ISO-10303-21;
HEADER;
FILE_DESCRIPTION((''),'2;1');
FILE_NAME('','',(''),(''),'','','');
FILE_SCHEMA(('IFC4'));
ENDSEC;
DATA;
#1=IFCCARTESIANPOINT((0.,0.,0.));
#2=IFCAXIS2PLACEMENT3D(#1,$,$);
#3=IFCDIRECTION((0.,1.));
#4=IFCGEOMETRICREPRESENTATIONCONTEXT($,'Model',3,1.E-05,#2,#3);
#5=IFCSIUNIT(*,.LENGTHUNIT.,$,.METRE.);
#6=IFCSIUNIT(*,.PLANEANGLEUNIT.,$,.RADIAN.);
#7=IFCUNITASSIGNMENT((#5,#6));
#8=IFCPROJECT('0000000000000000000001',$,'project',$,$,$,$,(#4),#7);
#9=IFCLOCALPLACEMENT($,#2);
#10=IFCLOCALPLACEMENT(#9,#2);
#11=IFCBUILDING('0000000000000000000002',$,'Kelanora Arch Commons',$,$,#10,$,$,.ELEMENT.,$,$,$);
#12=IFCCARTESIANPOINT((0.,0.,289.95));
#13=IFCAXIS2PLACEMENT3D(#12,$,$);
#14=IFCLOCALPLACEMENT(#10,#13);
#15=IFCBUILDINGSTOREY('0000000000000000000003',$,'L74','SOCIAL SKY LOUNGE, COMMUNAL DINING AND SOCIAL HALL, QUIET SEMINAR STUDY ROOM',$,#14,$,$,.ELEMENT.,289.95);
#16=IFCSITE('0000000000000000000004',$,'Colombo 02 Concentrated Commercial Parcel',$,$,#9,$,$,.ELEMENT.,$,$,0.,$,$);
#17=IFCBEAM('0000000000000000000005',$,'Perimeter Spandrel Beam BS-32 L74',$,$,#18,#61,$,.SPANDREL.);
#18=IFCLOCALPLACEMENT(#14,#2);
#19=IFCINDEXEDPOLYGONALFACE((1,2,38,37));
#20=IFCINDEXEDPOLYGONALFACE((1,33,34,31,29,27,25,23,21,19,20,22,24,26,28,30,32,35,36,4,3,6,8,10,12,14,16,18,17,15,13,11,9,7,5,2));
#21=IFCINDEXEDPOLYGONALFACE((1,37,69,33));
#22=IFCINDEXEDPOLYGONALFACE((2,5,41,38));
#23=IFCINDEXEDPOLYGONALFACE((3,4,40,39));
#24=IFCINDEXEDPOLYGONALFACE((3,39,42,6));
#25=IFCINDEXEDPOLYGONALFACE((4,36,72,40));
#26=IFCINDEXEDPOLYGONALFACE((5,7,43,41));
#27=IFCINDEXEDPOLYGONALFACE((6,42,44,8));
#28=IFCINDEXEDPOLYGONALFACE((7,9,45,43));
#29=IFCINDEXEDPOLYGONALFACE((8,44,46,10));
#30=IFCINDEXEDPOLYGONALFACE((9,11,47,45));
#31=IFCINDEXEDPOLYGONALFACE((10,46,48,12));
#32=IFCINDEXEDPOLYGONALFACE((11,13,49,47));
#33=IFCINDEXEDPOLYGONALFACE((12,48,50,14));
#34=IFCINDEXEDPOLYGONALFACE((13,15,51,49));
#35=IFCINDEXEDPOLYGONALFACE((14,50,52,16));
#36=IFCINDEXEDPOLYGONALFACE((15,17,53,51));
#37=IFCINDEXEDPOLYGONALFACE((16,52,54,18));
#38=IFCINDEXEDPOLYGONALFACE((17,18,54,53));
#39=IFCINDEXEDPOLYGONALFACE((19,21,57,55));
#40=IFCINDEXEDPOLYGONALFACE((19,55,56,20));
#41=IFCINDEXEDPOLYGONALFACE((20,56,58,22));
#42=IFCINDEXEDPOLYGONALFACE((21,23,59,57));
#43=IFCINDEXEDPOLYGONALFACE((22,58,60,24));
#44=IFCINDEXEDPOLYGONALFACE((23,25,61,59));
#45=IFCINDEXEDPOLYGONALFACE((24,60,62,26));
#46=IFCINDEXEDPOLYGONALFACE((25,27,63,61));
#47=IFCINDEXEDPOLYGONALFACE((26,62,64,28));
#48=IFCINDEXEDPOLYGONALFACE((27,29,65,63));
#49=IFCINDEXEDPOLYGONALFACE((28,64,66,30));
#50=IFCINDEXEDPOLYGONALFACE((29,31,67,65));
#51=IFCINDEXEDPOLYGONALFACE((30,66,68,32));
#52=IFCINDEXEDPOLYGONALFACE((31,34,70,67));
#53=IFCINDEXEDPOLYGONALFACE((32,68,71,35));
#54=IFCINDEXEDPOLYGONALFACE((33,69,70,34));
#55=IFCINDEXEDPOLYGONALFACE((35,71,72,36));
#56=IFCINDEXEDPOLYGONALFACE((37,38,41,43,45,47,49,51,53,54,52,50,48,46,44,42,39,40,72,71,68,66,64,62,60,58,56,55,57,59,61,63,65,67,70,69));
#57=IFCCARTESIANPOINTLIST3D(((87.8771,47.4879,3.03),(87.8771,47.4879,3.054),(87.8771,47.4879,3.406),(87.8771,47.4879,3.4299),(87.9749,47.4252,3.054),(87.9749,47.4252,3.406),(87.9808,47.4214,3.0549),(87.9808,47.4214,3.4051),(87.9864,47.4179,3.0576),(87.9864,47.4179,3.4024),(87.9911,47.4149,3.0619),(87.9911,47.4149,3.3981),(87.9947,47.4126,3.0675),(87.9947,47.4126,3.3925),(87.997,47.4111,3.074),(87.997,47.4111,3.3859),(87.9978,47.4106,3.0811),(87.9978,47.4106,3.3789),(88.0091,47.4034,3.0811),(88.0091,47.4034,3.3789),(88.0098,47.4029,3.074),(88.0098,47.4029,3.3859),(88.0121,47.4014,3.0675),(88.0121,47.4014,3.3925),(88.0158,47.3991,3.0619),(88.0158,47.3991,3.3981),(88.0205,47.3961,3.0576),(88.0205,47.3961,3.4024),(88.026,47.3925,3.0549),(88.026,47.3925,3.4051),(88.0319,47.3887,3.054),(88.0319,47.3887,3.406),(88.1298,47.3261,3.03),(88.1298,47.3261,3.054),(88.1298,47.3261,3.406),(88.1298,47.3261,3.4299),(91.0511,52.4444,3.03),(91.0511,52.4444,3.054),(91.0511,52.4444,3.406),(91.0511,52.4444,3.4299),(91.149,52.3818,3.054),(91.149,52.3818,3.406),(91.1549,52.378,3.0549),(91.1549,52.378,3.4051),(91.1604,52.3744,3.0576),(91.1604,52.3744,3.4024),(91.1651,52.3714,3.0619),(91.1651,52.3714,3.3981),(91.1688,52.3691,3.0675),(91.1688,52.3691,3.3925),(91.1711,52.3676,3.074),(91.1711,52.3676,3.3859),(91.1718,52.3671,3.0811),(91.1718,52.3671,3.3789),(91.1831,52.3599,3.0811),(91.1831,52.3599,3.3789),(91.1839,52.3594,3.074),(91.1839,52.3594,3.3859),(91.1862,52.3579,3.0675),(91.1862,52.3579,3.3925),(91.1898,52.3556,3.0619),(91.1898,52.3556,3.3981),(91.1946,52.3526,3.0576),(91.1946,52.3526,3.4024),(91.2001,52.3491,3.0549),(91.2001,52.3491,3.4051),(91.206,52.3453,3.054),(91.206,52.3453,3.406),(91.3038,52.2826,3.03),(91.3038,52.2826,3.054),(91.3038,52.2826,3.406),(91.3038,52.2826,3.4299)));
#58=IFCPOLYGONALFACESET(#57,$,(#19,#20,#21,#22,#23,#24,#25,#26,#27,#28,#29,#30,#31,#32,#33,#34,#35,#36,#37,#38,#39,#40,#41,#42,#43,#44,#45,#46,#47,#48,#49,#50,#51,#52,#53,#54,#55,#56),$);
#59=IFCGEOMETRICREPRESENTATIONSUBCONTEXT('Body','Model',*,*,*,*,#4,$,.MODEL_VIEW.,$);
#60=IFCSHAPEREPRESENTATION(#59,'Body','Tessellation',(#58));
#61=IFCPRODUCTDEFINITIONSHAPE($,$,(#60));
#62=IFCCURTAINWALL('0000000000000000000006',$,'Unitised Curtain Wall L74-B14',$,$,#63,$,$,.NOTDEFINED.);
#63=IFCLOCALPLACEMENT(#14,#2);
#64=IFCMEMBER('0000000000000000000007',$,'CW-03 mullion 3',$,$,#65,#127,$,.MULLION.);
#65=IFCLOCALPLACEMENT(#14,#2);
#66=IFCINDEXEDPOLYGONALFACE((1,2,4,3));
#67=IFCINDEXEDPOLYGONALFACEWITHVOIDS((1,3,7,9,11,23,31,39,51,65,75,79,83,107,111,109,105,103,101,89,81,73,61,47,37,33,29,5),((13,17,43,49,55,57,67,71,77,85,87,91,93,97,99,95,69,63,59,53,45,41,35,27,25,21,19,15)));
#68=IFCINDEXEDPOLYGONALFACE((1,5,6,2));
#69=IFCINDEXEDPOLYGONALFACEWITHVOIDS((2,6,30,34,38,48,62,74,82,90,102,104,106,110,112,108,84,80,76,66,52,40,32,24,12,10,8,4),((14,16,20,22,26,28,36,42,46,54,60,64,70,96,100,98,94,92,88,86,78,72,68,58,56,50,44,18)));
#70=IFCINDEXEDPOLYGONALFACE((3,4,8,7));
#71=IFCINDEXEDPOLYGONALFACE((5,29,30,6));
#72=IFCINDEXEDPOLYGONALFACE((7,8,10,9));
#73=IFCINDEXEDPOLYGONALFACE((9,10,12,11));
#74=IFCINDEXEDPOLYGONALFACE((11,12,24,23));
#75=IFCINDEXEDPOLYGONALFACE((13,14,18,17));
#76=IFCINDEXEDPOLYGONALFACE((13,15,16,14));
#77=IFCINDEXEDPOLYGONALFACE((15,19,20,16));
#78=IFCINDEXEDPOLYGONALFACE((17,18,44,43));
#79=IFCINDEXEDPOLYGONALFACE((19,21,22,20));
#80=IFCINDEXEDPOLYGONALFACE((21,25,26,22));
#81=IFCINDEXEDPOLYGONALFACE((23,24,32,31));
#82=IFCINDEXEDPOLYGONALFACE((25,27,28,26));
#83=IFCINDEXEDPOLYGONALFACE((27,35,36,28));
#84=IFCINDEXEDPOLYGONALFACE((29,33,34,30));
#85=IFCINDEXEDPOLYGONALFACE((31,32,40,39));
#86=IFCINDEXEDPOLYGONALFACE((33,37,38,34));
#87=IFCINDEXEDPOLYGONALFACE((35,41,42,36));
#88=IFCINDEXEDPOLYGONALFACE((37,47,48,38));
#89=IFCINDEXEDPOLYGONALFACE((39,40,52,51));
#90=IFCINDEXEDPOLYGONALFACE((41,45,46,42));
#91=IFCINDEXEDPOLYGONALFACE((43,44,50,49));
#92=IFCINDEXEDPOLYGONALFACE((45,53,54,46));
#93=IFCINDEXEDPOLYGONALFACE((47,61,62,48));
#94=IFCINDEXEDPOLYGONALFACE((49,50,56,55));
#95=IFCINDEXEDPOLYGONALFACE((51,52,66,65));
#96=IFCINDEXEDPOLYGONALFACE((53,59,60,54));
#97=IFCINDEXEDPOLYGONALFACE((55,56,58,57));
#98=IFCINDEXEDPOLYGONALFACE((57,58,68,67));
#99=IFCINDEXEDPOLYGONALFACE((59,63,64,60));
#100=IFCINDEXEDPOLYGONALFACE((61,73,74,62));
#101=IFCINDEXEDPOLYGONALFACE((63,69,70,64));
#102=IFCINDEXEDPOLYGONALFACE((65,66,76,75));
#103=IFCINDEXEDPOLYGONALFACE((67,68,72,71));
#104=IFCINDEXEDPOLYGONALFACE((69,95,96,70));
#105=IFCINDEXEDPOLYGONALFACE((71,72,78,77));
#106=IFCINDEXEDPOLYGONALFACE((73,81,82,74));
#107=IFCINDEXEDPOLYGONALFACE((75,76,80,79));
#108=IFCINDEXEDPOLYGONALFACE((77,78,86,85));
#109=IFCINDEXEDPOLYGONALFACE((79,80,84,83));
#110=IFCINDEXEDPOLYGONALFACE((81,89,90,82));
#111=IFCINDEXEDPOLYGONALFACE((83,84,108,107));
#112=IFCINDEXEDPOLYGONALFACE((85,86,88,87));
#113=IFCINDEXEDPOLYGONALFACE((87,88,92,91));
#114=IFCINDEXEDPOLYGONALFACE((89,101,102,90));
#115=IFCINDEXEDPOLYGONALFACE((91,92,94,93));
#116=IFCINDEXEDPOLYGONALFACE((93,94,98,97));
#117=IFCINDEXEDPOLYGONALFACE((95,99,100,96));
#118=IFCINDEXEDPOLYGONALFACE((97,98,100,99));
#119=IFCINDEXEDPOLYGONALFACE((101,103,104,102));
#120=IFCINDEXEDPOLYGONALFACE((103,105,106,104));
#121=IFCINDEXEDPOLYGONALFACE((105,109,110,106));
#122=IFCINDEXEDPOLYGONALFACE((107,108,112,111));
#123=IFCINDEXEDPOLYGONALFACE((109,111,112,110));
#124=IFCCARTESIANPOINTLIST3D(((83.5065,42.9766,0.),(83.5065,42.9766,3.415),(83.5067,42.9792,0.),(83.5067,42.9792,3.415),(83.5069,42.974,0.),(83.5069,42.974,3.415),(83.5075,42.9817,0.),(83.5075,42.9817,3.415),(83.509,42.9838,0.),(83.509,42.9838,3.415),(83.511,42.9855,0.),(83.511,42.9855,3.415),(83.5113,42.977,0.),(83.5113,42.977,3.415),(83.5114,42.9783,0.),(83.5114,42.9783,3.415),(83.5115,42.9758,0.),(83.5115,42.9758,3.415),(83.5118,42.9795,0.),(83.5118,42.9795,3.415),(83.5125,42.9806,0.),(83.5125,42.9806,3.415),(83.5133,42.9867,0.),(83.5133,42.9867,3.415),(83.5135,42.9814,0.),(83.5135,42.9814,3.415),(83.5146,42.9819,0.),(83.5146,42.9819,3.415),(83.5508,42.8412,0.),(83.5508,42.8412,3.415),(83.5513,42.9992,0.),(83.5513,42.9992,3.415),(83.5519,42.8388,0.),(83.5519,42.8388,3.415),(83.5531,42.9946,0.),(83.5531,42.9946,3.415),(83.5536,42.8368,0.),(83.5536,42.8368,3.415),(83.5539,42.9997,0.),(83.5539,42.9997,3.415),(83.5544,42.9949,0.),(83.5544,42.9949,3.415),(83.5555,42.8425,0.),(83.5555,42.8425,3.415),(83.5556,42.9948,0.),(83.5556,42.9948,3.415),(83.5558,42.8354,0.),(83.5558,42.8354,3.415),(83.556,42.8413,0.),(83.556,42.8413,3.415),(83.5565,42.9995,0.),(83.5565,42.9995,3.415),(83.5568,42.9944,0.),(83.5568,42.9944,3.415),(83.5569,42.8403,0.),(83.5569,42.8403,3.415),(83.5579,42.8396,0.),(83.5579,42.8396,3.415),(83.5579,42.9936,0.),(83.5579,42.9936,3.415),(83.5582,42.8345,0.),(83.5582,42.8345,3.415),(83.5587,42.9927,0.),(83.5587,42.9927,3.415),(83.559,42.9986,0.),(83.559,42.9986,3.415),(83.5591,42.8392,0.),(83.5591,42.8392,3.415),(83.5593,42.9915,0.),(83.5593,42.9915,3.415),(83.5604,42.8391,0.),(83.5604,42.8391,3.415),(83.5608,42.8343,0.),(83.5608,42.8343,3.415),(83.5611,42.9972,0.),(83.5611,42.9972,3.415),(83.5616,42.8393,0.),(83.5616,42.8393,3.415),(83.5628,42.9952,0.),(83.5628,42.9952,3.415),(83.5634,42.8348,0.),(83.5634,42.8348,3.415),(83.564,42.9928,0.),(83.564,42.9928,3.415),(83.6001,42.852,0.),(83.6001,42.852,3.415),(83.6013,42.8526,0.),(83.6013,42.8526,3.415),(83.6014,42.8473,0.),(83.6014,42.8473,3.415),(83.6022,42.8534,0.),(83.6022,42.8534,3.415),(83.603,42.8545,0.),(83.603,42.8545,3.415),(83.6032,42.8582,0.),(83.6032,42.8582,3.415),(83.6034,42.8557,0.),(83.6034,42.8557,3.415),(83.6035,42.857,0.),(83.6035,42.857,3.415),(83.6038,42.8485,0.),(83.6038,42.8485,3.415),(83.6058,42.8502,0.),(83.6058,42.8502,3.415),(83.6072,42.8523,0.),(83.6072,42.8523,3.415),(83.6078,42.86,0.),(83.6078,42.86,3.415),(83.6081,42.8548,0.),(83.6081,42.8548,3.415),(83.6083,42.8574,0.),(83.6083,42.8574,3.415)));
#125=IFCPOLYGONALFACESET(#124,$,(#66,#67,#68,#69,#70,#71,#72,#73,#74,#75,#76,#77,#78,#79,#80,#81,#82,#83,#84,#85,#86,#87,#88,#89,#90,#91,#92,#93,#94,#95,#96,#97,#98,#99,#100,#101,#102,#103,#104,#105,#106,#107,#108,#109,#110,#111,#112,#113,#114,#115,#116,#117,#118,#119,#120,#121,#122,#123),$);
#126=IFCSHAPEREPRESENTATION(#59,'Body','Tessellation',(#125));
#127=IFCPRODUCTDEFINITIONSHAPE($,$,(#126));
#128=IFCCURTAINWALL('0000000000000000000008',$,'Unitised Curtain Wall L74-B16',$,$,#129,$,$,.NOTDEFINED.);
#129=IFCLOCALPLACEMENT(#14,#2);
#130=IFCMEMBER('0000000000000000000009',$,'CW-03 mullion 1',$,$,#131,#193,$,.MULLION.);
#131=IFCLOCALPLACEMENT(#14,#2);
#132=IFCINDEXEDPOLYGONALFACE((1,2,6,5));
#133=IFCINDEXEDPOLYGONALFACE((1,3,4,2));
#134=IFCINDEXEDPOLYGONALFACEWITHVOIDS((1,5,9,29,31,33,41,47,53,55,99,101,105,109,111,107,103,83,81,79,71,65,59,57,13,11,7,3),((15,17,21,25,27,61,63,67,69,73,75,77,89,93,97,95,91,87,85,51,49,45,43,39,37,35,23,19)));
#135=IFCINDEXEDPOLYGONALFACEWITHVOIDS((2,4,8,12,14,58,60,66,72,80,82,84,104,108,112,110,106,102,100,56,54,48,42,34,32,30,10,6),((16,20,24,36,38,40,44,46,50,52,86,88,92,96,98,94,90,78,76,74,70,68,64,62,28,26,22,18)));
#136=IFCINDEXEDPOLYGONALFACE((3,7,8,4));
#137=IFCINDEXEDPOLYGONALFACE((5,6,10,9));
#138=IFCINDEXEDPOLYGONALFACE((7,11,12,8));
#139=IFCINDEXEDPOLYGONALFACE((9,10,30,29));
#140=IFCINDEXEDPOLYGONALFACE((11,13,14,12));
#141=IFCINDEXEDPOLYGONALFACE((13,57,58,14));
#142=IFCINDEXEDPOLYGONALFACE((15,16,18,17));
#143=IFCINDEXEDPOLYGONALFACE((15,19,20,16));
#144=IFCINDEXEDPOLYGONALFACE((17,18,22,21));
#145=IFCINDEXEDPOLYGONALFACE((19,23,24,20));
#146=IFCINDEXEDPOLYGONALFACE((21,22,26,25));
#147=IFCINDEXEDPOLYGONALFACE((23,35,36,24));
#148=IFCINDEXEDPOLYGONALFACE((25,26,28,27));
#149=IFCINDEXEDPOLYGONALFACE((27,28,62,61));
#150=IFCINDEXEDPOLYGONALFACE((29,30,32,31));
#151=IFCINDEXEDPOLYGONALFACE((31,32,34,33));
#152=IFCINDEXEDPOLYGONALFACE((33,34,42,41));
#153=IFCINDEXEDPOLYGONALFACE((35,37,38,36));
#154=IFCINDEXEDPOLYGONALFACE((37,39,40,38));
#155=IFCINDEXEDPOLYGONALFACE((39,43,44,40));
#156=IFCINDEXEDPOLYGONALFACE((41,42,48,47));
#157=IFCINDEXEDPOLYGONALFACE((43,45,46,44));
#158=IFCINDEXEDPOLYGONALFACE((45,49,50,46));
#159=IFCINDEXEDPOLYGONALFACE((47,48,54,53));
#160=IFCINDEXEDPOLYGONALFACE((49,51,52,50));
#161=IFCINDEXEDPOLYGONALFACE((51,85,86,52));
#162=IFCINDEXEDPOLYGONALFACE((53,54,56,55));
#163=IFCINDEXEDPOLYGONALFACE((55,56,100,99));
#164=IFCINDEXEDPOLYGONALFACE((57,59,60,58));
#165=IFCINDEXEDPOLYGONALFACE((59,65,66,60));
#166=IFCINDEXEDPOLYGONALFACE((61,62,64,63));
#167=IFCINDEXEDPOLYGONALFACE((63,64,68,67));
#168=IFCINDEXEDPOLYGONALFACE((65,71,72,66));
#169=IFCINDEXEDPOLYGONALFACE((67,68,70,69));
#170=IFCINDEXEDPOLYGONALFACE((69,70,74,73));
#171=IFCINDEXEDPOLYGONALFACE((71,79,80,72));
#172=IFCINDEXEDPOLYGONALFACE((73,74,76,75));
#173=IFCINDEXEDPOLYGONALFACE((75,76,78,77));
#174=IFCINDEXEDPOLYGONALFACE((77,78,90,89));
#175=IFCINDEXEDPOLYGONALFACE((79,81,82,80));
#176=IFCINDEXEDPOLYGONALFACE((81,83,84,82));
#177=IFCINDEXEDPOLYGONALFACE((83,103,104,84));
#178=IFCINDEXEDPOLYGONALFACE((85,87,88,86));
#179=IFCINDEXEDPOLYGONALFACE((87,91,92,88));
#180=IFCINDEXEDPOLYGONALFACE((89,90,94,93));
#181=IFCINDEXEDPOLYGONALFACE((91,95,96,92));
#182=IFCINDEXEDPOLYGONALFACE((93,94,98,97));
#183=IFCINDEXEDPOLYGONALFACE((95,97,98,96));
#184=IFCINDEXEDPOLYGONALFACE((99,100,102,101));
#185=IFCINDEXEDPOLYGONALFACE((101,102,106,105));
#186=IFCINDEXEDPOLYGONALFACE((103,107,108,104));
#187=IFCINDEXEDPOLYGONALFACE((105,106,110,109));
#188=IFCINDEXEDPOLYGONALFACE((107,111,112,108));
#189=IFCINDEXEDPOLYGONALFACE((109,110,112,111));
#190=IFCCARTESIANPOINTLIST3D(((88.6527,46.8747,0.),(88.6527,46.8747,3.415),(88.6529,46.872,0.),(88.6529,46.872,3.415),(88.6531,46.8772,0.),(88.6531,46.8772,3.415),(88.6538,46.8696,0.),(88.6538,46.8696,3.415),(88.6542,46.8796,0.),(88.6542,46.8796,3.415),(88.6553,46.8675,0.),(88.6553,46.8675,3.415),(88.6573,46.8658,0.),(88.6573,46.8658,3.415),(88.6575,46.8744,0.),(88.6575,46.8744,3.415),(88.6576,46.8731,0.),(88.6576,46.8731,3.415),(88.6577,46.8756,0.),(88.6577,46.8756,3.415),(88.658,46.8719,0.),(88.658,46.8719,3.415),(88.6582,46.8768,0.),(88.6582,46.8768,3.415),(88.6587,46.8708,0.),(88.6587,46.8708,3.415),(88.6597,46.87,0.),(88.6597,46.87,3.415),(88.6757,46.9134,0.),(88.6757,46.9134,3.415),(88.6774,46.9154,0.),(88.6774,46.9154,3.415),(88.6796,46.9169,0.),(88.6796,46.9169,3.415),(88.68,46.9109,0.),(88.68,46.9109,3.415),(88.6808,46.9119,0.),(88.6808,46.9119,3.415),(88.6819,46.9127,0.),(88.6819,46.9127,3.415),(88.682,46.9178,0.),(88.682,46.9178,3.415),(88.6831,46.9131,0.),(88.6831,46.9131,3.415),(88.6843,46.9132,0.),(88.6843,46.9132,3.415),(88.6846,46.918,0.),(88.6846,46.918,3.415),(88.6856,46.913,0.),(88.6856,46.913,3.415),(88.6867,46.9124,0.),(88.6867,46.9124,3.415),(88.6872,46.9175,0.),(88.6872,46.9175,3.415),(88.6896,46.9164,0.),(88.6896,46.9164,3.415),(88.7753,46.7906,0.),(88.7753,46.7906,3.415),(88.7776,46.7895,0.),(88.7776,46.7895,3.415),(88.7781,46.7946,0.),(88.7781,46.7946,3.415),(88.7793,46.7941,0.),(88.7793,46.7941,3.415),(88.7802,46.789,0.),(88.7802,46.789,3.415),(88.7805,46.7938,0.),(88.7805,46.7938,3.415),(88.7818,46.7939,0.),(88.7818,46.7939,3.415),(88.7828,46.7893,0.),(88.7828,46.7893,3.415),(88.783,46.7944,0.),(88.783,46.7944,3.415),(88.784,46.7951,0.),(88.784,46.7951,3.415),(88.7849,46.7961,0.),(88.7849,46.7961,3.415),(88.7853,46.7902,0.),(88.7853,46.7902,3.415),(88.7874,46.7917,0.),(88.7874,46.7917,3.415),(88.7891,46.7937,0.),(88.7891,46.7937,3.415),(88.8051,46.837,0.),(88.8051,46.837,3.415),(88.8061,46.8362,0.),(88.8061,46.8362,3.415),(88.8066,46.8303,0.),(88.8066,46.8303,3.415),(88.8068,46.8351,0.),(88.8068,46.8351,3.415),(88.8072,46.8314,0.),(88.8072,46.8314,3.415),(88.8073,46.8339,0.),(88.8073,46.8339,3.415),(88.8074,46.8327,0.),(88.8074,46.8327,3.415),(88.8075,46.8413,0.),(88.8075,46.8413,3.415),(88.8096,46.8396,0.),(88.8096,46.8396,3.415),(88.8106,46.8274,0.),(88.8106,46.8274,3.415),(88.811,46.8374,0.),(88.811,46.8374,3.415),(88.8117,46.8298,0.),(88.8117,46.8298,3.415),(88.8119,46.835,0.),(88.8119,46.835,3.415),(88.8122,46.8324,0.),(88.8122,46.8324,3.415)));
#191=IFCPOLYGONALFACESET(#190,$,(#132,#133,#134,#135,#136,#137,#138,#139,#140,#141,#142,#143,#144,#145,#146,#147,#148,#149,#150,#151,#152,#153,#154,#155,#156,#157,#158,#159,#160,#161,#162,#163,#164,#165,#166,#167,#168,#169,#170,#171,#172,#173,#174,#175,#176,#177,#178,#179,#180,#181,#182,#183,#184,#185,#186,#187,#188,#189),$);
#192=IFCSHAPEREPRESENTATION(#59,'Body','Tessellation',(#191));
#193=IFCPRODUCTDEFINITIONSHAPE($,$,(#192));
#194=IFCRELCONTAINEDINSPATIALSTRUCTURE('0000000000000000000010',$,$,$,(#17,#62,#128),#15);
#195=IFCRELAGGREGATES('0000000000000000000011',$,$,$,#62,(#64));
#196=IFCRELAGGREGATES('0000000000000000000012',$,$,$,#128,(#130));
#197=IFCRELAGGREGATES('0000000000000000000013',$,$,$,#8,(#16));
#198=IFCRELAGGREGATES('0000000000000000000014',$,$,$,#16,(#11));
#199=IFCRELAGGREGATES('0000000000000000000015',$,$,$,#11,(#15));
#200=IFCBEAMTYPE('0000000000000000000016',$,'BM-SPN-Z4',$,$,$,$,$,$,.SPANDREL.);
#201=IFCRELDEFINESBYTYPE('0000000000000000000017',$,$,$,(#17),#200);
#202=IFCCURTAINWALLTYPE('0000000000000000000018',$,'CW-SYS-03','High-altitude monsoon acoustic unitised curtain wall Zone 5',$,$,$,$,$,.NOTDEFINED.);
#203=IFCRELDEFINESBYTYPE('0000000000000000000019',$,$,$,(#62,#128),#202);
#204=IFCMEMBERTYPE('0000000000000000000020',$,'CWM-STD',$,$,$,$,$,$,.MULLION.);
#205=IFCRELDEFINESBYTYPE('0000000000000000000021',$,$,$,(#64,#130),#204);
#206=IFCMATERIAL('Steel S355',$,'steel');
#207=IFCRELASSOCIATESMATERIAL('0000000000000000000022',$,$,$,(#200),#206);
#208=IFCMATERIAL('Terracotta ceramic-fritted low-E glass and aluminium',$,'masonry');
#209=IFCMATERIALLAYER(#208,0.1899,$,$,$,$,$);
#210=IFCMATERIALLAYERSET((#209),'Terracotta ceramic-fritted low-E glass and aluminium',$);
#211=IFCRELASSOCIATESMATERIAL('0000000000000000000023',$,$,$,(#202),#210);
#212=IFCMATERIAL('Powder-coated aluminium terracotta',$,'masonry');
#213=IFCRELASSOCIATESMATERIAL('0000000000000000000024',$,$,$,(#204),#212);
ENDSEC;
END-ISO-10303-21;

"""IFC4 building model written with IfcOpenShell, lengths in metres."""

from ifc_helpers import new_model, si_unit, direction, frame, origin, origin_2d, place, context, subcontext, project, spatial, hollow_rectangle, i_section, extrude, material, layer, layer_set, material_profile, profile_set, type_object, element, aggregate, save


model = new_model("IFC4")

# Units and contexts
model_context = context("Model", 3, precision=1e-05, world=origin(), true_north=direction((0.0, 1.0)))
body_context = subcontext(model_context, "Body", "Model", "MODEL_VIEW")
ifc_project = project(units=[si_unit("LENGTHUNIT", "METRE"), si_unit("PLANEANGLEUNIT", "RADIAN")], contexts=[model_context])

# Site, building, storey
site_placement = place(None, origin())
site = spatial("IfcSite", under=ifc_project, at=site_placement, Name="Colombo 02 Concentrated Commercial Parcel", CompositionType="ELEMENT", RefElevation=0.0)
building_placement = place(site_placement, origin())
building = spatial("IfcBuilding", under=site, at=building_placement, Name="Kelanora Arch Commons", CompositionType="ELEMENT")
storey_placement = place(building_placement, frame((0.0, 0.0, 289.95)))
storey = spatial("IfcBuildingStorey", under=building, at=storey_placement, Name="L74", Description="SOCIAL SKY LOUNGE, COMMUNAL DINING AND SOCIAL HALL, QUIET SEMINAR STUDY ROOM", CompositionType="ELEMENT", Elevation=289.95)

# Beam
ifc_material_1 = material(Name="Steel S355", Category="steel")
ifc_material_profile_1 = material_profile(ifc_material_1, i_section(OverallWidth=0.3, OverallDepth=0.3999, WebThickness=0.0134, FlangeThickness=0.0239, FilletRadius=0.0271, at=origin_2d()), Name="HEB400")
ifc_profile_set_1 = profile_set([ifc_material_profile_1], Name="Steel S355")
beam_type_1 = type_object("IfcBeamType", Name="BM-SPN-Z4", PredefinedType="SPANDREL", material=ifc_profile_set_1)
beam_1_placement = place(storey_placement, frame((88.0034, 47.407, 3.23), z_axis=(0.539281, 0.842126, 0.0), x_axis=(-0.842126, 0.539281, 0.0)))
element("IfcBeam", 1, at=beam_1_placement, inside=storey, type_object=beam_type_1, Name="Perimeter Spandrel Beam BS-32 L74", PredefinedType="SPANDREL", context=body_context, shape_type="SweptSolid", body=[
    extrude(i_section(OverallWidth=0.3, OverallDepth=0.3999, WebThickness=0.0134, FlangeThickness=0.0239, FilletRadius=0.0271, at=origin_2d()), origin(), (0.0, 0.0, 1.0), 5.8857),
])

# Curtain wall, member
ifc_material_2 = material(Name="Terracotta ceramic-fritted low-E glass and aluminium", Category="masonry")
ifc_layer_1 = layer(ifc_material_2, 0.1899)
ifc_layer_set_1 = layer_set([ifc_layer_1], Name="Terracotta ceramic-fritted low-E glass and aluminium")
curtain_wall_type = type_object("IfcCurtainWallType", Name="CW-SYS-03", Description="High-altitude monsoon acoustic unitised curtain wall Zone 5", PredefinedType="NOTDEFINED", material=ifc_layer_set_1)
curtain_wall_1_placement = place(storey_placement, origin())
curtain_wall_1 = element("IfcCurtainWall", 2, at=curtain_wall_1_placement, inside=storey, type_object=curtain_wall_type, Name="Unitised Curtain Wall L74-B14", PredefinedType="NOTDEFINED")
ifc_material_3 = material(Name="Powder-coated aluminium terracotta", Category="masonry")
ifc_material_profile_2 = material_profile(ifc_material_3, hollow_rectangle(XDim=0.1599, YDim=0.0601, WallThickness=0.0049, InnerFilletRadius=0.0049, OuterFilletRadius=0.01, at=origin_2d()), Name="CWM160x60")
ifc_profile_set_2 = profile_set([ifc_material_profile_2], Name="Powder-coated aluminium terracotta")
member_type_1 = type_object("IfcMemberType", Name="CWM-STD", PredefinedType="MULLION", material=ifc_profile_set_2)
member_1_placement = place(storey_placement, frame((83.5574, 42.917, 0.0), z_axis=(0.0, 0.0, 1.0), x_axis=(-0.313253, 0.94967, 0.0)))
member_1 = element("IfcMember", 3, at=member_1_placement, type_object=member_type_1, Name="CW-03 mullion 3", PredefinedType="MULLION", context=body_context, shape_type="SweptSolid", body=[
    extrude(hollow_rectangle(XDim=0.1599, YDim=0.0601, WallThickness=0.0049, InnerFilletRadius=0.0049, OuterFilletRadius=0.01, at=origin_2d()), origin(), (0.0, 0.0, 1.0), 3.415),
])
aggregate(curtain_wall_1, [member_1])

# Curtain wall, member
curtain_wall_2_placement = place(storey_placement, origin())
curtain_wall_2 = element("IfcCurtainWall", 4, at=curtain_wall_2_placement, inside=storey, type_object=curtain_wall_type, Name="Unitised Curtain Wall L74-B16", PredefinedType="NOTDEFINED")
member_2_placement = place(storey_placement, frame((88.7324, 46.8535, 0.0), z_axis=(0.0, 0.0, 1.0), x_axis=(-0.843391, 0.5373, 0.0)))
member_2 = element("IfcMember", 5, at=member_2_placement, type_object=member_type_1, Name="CW-03 mullion 1", PredefinedType="MULLION", context=body_context, shape_type="SweptSolid", body=[
    extrude(hollow_rectangle(XDim=0.1599, YDim=0.0601, WallThickness=0.0049, InnerFilletRadius=0.0049, OuterFilletRadius=0.01, at=origin_2d()), origin(), (0.0, 0.0, 1.0), 3.415),
])
aggregate(curtain_wall_2, [member_2])

save(model, "model.ifc")
